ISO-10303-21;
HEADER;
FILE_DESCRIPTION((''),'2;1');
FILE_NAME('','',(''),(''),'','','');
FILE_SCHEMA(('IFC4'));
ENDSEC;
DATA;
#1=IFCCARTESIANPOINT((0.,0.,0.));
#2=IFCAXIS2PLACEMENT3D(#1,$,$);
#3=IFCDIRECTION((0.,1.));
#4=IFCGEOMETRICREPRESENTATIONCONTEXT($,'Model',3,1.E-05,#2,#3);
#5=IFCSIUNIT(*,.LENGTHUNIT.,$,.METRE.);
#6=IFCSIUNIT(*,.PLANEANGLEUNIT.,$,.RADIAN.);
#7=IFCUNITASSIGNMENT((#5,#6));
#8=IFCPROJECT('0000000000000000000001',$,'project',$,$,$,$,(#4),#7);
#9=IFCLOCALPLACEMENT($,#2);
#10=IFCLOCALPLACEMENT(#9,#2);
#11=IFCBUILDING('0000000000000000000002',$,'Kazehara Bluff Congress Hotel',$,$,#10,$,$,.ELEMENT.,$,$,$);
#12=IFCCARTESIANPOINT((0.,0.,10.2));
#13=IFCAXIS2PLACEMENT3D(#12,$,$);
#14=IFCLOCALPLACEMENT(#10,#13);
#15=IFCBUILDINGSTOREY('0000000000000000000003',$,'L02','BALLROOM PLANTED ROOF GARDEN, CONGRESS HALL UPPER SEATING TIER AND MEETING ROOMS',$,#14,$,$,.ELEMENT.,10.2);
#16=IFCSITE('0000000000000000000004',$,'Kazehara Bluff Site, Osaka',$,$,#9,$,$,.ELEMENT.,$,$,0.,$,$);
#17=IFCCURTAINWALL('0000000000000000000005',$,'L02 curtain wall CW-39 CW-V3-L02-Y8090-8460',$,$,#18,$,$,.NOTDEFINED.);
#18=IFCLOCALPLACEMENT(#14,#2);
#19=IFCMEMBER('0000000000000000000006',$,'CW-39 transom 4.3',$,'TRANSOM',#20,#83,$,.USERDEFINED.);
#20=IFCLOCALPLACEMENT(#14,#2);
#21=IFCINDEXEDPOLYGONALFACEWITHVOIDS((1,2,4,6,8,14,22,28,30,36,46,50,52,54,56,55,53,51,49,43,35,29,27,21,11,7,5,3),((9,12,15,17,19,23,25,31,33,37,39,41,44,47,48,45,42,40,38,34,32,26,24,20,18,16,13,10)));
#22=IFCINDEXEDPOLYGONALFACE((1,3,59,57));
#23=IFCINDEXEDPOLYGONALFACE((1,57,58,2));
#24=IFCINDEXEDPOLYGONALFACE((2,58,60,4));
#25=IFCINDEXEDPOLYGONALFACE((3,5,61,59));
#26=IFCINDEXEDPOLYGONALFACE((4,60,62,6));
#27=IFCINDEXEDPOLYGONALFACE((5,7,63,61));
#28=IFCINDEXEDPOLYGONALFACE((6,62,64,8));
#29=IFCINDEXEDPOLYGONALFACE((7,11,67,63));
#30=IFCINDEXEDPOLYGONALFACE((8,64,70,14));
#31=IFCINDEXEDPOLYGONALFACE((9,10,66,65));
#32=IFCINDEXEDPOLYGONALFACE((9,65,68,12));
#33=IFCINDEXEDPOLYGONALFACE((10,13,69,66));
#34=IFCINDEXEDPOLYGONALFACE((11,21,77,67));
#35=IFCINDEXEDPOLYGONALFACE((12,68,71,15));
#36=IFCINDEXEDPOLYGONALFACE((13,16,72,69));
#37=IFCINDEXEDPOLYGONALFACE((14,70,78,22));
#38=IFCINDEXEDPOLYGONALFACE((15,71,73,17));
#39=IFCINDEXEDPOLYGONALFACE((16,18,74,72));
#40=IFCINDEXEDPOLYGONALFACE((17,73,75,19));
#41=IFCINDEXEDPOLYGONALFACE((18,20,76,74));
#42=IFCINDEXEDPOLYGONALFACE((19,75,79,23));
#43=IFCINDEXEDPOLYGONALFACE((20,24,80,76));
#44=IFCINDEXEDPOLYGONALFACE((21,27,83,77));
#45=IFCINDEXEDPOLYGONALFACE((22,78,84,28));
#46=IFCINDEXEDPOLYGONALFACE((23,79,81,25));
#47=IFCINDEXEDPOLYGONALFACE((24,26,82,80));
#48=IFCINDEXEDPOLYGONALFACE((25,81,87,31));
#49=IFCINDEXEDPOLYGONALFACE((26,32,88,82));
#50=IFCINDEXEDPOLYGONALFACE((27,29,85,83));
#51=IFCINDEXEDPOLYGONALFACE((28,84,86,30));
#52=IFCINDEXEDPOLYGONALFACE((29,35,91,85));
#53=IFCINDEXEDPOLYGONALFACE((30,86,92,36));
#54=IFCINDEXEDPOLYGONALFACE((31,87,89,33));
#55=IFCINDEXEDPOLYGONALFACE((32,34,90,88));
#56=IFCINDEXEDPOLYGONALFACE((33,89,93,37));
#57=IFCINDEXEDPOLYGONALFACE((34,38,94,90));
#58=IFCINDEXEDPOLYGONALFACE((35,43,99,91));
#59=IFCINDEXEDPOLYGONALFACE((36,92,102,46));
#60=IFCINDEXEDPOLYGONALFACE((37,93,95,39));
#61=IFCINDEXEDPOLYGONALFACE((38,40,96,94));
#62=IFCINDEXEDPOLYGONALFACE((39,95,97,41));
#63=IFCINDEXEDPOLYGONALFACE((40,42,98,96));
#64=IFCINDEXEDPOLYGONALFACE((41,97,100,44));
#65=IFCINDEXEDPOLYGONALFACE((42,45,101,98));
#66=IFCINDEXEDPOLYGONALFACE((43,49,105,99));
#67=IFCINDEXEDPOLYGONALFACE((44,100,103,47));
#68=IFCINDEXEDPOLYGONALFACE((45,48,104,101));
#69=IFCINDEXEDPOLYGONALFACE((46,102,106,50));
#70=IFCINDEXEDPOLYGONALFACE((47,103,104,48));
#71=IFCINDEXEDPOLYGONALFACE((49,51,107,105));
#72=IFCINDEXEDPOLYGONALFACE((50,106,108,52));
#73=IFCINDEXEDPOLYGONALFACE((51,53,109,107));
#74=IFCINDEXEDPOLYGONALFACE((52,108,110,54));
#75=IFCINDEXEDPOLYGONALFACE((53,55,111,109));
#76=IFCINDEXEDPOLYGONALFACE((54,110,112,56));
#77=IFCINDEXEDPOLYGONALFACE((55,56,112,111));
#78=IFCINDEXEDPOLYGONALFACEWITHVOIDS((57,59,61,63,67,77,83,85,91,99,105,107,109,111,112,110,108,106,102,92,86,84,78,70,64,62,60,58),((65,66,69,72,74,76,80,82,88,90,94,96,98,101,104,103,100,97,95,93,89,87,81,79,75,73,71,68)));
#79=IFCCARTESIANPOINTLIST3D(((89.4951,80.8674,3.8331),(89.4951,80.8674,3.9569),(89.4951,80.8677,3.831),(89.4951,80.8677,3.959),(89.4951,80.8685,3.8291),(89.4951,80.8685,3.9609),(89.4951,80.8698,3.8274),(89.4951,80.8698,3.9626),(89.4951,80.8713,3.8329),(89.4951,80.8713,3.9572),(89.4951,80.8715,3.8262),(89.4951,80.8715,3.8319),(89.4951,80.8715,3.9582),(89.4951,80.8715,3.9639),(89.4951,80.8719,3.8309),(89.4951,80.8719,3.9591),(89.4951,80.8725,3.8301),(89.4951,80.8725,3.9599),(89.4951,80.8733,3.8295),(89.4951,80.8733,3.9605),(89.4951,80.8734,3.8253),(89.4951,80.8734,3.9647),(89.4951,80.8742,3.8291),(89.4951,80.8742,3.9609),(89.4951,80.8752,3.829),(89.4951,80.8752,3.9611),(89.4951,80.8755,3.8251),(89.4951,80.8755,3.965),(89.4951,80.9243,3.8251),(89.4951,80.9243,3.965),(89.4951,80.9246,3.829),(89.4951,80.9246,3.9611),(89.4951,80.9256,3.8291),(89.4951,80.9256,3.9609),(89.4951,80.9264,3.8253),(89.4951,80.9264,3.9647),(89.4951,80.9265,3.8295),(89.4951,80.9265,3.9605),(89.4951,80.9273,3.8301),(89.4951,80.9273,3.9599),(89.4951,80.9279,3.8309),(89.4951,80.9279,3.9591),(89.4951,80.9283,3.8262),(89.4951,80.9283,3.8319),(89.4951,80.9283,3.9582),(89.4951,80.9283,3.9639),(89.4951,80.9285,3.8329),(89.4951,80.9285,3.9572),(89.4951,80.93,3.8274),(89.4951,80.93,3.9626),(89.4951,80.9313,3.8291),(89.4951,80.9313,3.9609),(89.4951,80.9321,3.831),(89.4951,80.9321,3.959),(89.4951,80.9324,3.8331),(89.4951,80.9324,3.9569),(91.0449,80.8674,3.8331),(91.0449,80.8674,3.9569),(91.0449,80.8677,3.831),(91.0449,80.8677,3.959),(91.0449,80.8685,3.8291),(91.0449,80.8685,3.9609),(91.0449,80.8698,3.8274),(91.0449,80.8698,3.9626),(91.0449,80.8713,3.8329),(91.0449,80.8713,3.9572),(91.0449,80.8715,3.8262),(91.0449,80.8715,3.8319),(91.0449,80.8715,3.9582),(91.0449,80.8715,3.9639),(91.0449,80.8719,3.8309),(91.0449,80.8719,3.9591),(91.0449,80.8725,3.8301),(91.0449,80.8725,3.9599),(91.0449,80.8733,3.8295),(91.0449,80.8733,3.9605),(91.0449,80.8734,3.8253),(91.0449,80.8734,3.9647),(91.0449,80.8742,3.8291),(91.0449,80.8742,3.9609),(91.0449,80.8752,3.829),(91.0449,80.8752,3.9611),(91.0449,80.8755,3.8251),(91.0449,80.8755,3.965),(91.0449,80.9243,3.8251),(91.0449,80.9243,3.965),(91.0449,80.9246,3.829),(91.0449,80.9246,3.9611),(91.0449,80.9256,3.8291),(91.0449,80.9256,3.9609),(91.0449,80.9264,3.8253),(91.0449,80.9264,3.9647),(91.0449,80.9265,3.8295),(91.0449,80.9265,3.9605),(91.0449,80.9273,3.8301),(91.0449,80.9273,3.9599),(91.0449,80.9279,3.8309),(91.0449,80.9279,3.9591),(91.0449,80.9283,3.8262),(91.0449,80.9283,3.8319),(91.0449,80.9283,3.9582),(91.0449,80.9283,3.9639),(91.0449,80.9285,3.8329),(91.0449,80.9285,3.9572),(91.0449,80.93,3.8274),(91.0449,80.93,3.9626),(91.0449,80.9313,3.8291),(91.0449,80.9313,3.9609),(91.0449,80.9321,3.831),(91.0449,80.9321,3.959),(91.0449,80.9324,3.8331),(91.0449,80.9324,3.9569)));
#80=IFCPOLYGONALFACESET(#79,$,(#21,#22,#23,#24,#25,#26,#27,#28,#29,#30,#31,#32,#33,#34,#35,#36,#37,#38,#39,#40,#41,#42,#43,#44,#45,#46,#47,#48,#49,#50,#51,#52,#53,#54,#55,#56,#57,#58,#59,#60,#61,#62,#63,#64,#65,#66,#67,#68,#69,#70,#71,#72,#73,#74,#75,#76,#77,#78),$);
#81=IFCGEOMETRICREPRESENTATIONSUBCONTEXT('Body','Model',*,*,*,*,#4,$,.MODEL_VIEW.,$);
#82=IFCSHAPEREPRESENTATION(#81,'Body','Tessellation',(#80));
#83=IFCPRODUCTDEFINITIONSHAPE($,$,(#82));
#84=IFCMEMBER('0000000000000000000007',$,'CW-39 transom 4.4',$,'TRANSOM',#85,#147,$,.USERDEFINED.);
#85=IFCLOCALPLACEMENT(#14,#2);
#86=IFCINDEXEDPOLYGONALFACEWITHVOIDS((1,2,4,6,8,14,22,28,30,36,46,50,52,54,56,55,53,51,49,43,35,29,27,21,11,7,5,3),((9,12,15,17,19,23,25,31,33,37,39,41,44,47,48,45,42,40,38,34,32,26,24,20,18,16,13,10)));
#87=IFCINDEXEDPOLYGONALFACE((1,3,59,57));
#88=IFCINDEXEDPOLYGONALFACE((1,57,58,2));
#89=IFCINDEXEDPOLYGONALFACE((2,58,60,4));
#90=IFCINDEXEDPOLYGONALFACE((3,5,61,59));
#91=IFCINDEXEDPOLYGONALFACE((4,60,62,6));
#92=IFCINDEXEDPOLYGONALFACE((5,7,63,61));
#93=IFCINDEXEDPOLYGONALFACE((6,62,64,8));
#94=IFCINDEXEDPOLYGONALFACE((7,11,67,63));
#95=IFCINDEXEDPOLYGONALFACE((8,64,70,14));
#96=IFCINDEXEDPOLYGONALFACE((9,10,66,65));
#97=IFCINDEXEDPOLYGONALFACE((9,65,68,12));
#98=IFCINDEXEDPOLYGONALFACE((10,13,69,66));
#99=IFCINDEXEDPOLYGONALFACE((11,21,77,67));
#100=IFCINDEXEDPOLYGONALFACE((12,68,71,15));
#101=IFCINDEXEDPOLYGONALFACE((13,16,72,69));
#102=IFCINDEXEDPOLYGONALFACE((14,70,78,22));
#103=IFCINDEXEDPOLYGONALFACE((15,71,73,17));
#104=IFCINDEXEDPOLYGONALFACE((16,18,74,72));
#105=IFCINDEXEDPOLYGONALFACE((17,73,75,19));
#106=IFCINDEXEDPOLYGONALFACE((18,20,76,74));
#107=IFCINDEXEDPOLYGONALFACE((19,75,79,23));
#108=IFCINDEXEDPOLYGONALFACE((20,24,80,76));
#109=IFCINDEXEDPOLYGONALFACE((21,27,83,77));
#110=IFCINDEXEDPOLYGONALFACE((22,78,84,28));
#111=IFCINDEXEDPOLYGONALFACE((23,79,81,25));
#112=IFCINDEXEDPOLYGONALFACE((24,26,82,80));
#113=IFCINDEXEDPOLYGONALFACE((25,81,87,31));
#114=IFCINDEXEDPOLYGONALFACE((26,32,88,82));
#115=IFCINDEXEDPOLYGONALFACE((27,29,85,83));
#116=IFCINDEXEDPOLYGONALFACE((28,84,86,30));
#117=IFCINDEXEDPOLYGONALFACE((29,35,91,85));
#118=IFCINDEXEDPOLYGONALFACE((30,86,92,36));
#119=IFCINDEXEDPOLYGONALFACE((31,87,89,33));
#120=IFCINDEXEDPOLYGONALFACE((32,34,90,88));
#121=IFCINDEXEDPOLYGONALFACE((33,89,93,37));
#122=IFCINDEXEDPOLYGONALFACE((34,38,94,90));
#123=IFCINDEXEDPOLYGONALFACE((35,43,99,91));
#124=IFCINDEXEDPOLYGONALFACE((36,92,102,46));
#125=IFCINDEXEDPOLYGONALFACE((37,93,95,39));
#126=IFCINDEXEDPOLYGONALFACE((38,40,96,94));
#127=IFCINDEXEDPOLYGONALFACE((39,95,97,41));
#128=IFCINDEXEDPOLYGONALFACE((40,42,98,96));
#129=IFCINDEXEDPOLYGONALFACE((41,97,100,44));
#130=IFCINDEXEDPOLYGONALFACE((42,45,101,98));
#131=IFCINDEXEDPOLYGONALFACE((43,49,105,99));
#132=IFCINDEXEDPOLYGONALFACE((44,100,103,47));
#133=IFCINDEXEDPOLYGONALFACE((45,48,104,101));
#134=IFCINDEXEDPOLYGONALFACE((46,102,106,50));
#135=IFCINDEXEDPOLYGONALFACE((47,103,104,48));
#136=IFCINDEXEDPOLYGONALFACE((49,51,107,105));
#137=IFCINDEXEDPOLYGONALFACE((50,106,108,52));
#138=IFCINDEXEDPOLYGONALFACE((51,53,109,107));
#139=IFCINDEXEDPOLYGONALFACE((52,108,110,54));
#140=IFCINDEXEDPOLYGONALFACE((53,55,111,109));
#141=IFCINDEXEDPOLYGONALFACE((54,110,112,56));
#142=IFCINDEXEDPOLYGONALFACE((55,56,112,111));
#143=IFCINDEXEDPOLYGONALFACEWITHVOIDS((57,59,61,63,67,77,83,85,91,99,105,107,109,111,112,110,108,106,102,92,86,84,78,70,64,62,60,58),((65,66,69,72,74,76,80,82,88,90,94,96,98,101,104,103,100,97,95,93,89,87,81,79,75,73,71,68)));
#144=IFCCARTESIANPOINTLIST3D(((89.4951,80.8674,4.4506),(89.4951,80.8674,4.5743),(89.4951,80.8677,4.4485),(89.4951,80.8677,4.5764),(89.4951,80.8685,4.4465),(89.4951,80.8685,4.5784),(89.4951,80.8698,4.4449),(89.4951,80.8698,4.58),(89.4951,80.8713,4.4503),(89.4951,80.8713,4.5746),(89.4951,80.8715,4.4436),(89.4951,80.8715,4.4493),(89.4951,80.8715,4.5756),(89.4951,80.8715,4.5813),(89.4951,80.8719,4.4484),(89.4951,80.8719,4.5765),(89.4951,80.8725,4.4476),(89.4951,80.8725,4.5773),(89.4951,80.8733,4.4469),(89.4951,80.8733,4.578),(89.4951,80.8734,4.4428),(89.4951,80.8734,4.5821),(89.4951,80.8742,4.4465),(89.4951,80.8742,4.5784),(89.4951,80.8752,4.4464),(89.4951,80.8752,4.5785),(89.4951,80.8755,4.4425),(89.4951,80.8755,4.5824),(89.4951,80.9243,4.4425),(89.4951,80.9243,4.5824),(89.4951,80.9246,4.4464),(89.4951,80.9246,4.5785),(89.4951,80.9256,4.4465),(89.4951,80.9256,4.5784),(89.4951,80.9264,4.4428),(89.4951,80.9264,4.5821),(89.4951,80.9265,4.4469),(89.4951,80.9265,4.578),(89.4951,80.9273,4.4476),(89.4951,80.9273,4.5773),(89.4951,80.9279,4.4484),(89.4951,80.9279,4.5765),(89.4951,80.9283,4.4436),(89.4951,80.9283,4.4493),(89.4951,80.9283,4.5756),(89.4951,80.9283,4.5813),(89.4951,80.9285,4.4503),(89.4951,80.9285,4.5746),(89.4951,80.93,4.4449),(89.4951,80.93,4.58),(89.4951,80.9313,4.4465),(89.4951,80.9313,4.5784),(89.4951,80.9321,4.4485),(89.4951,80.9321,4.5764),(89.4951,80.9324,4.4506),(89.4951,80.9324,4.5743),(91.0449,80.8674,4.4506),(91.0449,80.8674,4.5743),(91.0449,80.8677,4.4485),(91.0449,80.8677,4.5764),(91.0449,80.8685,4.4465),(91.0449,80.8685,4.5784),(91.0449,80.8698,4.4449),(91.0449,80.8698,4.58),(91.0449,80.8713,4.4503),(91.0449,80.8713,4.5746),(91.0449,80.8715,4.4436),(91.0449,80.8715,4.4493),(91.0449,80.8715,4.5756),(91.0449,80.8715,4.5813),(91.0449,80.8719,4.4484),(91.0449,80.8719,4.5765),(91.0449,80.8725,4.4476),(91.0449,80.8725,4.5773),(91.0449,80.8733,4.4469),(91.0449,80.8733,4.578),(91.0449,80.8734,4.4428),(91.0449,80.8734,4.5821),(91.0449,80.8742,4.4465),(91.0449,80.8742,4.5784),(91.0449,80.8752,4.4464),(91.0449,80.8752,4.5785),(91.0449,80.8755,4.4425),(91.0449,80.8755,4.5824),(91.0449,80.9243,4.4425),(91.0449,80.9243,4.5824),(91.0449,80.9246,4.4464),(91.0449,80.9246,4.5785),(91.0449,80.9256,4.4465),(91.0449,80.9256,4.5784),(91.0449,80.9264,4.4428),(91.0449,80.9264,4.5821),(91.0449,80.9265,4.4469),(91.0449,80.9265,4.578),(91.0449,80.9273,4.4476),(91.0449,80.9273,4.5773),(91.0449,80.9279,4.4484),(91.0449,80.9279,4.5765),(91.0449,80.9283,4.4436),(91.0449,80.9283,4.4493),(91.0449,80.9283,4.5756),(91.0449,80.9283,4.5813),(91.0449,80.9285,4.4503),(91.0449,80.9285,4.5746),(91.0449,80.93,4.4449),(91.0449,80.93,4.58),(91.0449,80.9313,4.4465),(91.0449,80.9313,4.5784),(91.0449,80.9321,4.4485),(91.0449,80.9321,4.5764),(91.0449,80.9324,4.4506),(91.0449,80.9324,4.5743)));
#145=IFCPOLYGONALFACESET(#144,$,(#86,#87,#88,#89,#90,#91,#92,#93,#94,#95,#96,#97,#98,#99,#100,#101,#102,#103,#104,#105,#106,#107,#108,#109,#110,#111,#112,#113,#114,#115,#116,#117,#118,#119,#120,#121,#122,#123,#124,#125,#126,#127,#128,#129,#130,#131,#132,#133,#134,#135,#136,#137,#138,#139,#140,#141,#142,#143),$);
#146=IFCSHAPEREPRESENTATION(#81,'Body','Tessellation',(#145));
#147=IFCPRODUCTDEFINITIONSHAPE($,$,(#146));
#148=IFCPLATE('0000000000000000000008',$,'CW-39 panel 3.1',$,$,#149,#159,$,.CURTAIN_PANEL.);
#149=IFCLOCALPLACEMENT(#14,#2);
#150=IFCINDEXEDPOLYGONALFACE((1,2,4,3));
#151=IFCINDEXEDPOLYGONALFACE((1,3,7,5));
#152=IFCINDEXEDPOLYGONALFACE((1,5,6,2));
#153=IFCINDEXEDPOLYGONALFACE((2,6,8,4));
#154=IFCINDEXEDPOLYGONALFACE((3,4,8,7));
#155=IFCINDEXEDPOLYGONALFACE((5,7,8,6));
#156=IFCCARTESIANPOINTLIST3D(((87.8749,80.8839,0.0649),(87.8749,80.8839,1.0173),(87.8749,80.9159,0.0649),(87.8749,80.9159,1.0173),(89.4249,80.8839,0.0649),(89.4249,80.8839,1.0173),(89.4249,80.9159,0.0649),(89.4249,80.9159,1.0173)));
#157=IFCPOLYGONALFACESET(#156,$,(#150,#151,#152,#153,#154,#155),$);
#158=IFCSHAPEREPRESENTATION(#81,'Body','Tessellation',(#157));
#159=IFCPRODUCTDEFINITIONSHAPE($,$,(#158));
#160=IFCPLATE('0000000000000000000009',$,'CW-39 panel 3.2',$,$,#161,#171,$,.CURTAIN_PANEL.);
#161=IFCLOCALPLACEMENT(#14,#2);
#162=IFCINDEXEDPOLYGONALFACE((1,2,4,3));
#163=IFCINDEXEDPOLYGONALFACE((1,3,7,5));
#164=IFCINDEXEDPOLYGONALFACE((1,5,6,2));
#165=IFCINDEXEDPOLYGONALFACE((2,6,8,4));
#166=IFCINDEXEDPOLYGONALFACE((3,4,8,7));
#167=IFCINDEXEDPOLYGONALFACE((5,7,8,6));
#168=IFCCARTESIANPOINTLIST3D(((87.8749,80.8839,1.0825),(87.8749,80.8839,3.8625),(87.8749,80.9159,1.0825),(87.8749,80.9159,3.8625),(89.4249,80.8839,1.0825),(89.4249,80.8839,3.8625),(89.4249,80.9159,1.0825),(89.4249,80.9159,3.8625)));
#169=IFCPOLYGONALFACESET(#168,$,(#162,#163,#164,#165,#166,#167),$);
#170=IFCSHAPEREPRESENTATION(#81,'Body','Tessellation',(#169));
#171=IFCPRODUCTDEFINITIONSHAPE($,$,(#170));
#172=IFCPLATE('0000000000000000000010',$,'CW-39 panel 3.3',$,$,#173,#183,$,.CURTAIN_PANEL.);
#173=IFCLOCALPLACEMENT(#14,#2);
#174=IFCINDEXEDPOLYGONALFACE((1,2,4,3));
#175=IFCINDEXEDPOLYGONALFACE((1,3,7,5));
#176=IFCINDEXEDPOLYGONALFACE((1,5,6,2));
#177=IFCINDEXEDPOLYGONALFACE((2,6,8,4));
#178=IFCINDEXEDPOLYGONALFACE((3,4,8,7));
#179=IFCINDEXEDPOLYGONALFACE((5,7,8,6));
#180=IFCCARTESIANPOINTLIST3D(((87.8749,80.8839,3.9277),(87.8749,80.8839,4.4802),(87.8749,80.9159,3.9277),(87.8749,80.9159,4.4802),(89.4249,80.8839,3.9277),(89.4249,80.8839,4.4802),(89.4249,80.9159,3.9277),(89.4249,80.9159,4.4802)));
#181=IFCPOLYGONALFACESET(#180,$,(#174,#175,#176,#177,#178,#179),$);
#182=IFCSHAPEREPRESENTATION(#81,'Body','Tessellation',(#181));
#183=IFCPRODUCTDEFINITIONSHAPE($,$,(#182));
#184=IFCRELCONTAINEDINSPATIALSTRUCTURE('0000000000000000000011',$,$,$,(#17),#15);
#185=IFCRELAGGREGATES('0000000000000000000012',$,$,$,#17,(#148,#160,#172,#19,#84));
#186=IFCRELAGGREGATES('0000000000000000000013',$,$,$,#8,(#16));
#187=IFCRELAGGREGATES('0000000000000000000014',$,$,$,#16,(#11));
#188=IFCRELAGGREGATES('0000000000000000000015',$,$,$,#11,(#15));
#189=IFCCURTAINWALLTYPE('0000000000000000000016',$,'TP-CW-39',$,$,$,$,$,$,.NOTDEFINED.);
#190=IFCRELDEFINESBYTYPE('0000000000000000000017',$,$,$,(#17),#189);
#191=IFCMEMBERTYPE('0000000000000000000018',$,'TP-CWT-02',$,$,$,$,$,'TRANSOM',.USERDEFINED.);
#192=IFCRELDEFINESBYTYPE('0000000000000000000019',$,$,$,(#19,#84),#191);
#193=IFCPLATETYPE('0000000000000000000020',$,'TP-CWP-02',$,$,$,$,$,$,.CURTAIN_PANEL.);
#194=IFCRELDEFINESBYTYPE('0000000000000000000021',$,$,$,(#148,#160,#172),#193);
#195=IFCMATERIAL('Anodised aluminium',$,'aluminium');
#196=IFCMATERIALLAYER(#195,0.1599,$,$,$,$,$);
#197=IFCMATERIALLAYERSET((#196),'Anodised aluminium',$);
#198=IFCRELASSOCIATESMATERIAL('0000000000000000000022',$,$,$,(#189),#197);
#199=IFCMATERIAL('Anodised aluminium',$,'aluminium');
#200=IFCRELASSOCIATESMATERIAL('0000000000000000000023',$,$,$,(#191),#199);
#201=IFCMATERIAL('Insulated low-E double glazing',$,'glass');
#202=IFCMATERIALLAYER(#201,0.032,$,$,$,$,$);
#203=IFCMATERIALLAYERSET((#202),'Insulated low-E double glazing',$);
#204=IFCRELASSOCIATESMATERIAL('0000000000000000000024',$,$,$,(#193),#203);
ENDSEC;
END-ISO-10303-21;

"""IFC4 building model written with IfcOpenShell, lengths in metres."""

from ifc_helpers import new_model, si_unit, direction, frame, origin, origin_2d, place, context, subcontext, project, spatial, rectangle, hollow_rectangle, extrude, material, layer, layer_set, material_profile, profile_set, type_object, element, aggregate, save


model = new_model("IFC4")

# Units and contexts
model_context = context("Model", 3, precision=1e-05, world=origin(), true_north=direction((0.0, 1.0)))
body_context = subcontext(model_context, "Body", "Model", "MODEL_VIEW")
ifc_project = project(units=[si_unit("LENGTHUNIT", "METRE"), si_unit("PLANEANGLEUNIT", "RADIAN")], contexts=[model_context])

# Site, building, storey
site_placement = place(None, origin())
site = spatial("IfcSite", under=ifc_project, at=site_placement, Name="Kazehara Bluff Site, Osaka", CompositionType="ELEMENT", RefElevation=0.0)
building_placement = place(site_placement, origin())
building = spatial("IfcBuilding", under=site, at=building_placement, Name="Kazehara Bluff Congress Hotel", CompositionType="ELEMENT")
storey_placement = place(building_placement, frame((0.0, 0.0, 10.2)))
storey = spatial("IfcBuildingStorey", under=building, at=storey_placement, Name="L02", Description="BALLROOM PLANTED ROOF GARDEN, CONGRESS HALL UPPER SEATING TIER AND MEETING ROOMS", CompositionType="ELEMENT", Elevation=10.2)

# Curtain wall, members, plates
ifc_material_1 = material(Name="Anodised aluminium", Category="aluminium")
ifc_layer_1 = layer(ifc_material_1, 0.1599)
ifc_layer_set_1 = layer_set([ifc_layer_1], Name="Anodised aluminium")
curtain_wall_type = type_object("IfcCurtainWallType", Name="TP-CW-39", PredefinedType="NOTDEFINED", material=ifc_layer_set_1)
curtain_wall_placement = place(storey_placement, origin())
curtain_wall = element("IfcCurtainWall", 1, at=curtain_wall_placement, inside=storey, type_object=curtain_wall_type, Name="L02 curtain wall CW-39 CW-V3-L02-Y8090-8460", PredefinedType="NOTDEFINED")
ifc_material_2 = material(Name="Anodised aluminium", Category="aluminium")
ifc_material_profile_1 = material_profile(ifc_material_2, hollow_rectangle(XDim=0.0649, YDim=0.1399, WallThickness=0.0039, InnerFilletRadius=0.0039, OuterFilletRadius=0.0081, at=origin_2d()))
ifc_profile_set_1 = profile_set([ifc_material_profile_1], Name="Anodised aluminium")
member_type_1 = type_object("IfcMemberType", Name="TP-CWT-02", ElementType="TRANSOM", PredefinedType="USERDEFINED", material=ifc_profile_set_1)
member_1_placement = place(storey_placement, frame((89.4951, 80.8999, 3.895), z_axis=(1.0, 0.0, 0.0), x_axis=(0.0, 1.0, 0.0)))
member_1 = element("IfcMember", 2, at=member_1_placement, type_object=member_type_1, Name="CW-39 transom 4.3", ObjectType="TRANSOM", PredefinedType="USERDEFINED", context=body_context, shape_type="SweptSolid", body=[
    extrude(hollow_rectangle(XDim=0.0649, YDim=0.1399, WallThickness=0.0039, InnerFilletRadius=0.0039, OuterFilletRadius=0.0081, at=origin_2d()), origin(), (0.0, 0.0, 1.0), 1.5498),
])
member_2_placement = place(storey_placement, frame((89.4951, 80.8999, 4.5125), z_axis=(1.0, 0.0, 0.0), x_axis=(0.0, 1.0, 0.0)))
member_2 = element("IfcMember", 3, at=member_2_placement, type_object=member_type_1, Name="CW-39 transom 4.4", ObjectType="TRANSOM", PredefinedType="USERDEFINED", context=body_context, shape_type="SweptSolid", body=[
    extrude(hollow_rectangle(XDim=0.0649, YDim=0.1399, WallThickness=0.0039, InnerFilletRadius=0.0039, OuterFilletRadius=0.0081, at=origin_2d()), origin(), (0.0, 0.0, 1.0), 1.5498),
])
ifc_material_3 = material(Name="Insulated low-E double glazing", Category="glass")
ifc_layer_2 = layer(ifc_material_3, 0.032)
ifc_layer_set_2 = layer_set([ifc_layer_2], Name="Insulated low-E double glazing")
plate_type = type_object("IfcPlateType", Name="TP-CWP-02", PredefinedType="CURTAIN_PANEL", material=ifc_layer_set_2)
plate_1_placement = place(storey_placement, frame((88.6499, 80.8999, 0.0649), z_axis=(0.0, 0.0, 1.0), x_axis=(1.0, 0.0, 0.0)))
plate_1 = element("IfcPlate", 4, at=plate_1_placement, type_object=plate_type, Name="CW-39 panel 3.1", PredefinedType="CURTAIN_PANEL", context=body_context, shape_type="SweptSolid", body=[
    extrude(rectangle(XDim=1.55, YDim=0.032, at=origin_2d()), origin(), (0.0, 0.0, 1.0), 0.9524),
])
plate_2_placement = place(storey_placement, frame((88.6499, 80.8999, 1.0825), z_axis=(0.0, 0.0, 1.0), x_axis=(1.0, 0.0, 0.0)))
plate_2 = element("IfcPlate", 5, at=plate_2_placement, type_object=plate_type, Name="CW-39 panel 3.2", PredefinedType="CURTAIN_PANEL", context=body_context, shape_type="SweptSolid", body=[
    extrude(rectangle(XDim=1.55, YDim=0.032, at=origin_2d()), origin(), (0.0, 0.0, 1.0), 2.78),
])
plate_3_placement = place(storey_placement, frame((88.6499, 80.8999, 3.9277), z_axis=(0.0, 0.0, 1.0), x_axis=(1.0, 0.0, 0.0)))
plate_3 = element("IfcPlate", 6, at=plate_3_placement, type_object=plate_type, Name="CW-39 panel 3.3", PredefinedType="CURTAIN_PANEL", context=body_context, shape_type="SweptSolid", body=[
    extrude(rectangle(XDim=1.55, YDim=0.032, at=origin_2d()), origin(), (0.0, 0.0, 1.0), 0.5525),
])
aggregate(curtain_wall, [plate_1, plate_2, plate_3, member_1, member_2])

save(model, "model.ifc")
